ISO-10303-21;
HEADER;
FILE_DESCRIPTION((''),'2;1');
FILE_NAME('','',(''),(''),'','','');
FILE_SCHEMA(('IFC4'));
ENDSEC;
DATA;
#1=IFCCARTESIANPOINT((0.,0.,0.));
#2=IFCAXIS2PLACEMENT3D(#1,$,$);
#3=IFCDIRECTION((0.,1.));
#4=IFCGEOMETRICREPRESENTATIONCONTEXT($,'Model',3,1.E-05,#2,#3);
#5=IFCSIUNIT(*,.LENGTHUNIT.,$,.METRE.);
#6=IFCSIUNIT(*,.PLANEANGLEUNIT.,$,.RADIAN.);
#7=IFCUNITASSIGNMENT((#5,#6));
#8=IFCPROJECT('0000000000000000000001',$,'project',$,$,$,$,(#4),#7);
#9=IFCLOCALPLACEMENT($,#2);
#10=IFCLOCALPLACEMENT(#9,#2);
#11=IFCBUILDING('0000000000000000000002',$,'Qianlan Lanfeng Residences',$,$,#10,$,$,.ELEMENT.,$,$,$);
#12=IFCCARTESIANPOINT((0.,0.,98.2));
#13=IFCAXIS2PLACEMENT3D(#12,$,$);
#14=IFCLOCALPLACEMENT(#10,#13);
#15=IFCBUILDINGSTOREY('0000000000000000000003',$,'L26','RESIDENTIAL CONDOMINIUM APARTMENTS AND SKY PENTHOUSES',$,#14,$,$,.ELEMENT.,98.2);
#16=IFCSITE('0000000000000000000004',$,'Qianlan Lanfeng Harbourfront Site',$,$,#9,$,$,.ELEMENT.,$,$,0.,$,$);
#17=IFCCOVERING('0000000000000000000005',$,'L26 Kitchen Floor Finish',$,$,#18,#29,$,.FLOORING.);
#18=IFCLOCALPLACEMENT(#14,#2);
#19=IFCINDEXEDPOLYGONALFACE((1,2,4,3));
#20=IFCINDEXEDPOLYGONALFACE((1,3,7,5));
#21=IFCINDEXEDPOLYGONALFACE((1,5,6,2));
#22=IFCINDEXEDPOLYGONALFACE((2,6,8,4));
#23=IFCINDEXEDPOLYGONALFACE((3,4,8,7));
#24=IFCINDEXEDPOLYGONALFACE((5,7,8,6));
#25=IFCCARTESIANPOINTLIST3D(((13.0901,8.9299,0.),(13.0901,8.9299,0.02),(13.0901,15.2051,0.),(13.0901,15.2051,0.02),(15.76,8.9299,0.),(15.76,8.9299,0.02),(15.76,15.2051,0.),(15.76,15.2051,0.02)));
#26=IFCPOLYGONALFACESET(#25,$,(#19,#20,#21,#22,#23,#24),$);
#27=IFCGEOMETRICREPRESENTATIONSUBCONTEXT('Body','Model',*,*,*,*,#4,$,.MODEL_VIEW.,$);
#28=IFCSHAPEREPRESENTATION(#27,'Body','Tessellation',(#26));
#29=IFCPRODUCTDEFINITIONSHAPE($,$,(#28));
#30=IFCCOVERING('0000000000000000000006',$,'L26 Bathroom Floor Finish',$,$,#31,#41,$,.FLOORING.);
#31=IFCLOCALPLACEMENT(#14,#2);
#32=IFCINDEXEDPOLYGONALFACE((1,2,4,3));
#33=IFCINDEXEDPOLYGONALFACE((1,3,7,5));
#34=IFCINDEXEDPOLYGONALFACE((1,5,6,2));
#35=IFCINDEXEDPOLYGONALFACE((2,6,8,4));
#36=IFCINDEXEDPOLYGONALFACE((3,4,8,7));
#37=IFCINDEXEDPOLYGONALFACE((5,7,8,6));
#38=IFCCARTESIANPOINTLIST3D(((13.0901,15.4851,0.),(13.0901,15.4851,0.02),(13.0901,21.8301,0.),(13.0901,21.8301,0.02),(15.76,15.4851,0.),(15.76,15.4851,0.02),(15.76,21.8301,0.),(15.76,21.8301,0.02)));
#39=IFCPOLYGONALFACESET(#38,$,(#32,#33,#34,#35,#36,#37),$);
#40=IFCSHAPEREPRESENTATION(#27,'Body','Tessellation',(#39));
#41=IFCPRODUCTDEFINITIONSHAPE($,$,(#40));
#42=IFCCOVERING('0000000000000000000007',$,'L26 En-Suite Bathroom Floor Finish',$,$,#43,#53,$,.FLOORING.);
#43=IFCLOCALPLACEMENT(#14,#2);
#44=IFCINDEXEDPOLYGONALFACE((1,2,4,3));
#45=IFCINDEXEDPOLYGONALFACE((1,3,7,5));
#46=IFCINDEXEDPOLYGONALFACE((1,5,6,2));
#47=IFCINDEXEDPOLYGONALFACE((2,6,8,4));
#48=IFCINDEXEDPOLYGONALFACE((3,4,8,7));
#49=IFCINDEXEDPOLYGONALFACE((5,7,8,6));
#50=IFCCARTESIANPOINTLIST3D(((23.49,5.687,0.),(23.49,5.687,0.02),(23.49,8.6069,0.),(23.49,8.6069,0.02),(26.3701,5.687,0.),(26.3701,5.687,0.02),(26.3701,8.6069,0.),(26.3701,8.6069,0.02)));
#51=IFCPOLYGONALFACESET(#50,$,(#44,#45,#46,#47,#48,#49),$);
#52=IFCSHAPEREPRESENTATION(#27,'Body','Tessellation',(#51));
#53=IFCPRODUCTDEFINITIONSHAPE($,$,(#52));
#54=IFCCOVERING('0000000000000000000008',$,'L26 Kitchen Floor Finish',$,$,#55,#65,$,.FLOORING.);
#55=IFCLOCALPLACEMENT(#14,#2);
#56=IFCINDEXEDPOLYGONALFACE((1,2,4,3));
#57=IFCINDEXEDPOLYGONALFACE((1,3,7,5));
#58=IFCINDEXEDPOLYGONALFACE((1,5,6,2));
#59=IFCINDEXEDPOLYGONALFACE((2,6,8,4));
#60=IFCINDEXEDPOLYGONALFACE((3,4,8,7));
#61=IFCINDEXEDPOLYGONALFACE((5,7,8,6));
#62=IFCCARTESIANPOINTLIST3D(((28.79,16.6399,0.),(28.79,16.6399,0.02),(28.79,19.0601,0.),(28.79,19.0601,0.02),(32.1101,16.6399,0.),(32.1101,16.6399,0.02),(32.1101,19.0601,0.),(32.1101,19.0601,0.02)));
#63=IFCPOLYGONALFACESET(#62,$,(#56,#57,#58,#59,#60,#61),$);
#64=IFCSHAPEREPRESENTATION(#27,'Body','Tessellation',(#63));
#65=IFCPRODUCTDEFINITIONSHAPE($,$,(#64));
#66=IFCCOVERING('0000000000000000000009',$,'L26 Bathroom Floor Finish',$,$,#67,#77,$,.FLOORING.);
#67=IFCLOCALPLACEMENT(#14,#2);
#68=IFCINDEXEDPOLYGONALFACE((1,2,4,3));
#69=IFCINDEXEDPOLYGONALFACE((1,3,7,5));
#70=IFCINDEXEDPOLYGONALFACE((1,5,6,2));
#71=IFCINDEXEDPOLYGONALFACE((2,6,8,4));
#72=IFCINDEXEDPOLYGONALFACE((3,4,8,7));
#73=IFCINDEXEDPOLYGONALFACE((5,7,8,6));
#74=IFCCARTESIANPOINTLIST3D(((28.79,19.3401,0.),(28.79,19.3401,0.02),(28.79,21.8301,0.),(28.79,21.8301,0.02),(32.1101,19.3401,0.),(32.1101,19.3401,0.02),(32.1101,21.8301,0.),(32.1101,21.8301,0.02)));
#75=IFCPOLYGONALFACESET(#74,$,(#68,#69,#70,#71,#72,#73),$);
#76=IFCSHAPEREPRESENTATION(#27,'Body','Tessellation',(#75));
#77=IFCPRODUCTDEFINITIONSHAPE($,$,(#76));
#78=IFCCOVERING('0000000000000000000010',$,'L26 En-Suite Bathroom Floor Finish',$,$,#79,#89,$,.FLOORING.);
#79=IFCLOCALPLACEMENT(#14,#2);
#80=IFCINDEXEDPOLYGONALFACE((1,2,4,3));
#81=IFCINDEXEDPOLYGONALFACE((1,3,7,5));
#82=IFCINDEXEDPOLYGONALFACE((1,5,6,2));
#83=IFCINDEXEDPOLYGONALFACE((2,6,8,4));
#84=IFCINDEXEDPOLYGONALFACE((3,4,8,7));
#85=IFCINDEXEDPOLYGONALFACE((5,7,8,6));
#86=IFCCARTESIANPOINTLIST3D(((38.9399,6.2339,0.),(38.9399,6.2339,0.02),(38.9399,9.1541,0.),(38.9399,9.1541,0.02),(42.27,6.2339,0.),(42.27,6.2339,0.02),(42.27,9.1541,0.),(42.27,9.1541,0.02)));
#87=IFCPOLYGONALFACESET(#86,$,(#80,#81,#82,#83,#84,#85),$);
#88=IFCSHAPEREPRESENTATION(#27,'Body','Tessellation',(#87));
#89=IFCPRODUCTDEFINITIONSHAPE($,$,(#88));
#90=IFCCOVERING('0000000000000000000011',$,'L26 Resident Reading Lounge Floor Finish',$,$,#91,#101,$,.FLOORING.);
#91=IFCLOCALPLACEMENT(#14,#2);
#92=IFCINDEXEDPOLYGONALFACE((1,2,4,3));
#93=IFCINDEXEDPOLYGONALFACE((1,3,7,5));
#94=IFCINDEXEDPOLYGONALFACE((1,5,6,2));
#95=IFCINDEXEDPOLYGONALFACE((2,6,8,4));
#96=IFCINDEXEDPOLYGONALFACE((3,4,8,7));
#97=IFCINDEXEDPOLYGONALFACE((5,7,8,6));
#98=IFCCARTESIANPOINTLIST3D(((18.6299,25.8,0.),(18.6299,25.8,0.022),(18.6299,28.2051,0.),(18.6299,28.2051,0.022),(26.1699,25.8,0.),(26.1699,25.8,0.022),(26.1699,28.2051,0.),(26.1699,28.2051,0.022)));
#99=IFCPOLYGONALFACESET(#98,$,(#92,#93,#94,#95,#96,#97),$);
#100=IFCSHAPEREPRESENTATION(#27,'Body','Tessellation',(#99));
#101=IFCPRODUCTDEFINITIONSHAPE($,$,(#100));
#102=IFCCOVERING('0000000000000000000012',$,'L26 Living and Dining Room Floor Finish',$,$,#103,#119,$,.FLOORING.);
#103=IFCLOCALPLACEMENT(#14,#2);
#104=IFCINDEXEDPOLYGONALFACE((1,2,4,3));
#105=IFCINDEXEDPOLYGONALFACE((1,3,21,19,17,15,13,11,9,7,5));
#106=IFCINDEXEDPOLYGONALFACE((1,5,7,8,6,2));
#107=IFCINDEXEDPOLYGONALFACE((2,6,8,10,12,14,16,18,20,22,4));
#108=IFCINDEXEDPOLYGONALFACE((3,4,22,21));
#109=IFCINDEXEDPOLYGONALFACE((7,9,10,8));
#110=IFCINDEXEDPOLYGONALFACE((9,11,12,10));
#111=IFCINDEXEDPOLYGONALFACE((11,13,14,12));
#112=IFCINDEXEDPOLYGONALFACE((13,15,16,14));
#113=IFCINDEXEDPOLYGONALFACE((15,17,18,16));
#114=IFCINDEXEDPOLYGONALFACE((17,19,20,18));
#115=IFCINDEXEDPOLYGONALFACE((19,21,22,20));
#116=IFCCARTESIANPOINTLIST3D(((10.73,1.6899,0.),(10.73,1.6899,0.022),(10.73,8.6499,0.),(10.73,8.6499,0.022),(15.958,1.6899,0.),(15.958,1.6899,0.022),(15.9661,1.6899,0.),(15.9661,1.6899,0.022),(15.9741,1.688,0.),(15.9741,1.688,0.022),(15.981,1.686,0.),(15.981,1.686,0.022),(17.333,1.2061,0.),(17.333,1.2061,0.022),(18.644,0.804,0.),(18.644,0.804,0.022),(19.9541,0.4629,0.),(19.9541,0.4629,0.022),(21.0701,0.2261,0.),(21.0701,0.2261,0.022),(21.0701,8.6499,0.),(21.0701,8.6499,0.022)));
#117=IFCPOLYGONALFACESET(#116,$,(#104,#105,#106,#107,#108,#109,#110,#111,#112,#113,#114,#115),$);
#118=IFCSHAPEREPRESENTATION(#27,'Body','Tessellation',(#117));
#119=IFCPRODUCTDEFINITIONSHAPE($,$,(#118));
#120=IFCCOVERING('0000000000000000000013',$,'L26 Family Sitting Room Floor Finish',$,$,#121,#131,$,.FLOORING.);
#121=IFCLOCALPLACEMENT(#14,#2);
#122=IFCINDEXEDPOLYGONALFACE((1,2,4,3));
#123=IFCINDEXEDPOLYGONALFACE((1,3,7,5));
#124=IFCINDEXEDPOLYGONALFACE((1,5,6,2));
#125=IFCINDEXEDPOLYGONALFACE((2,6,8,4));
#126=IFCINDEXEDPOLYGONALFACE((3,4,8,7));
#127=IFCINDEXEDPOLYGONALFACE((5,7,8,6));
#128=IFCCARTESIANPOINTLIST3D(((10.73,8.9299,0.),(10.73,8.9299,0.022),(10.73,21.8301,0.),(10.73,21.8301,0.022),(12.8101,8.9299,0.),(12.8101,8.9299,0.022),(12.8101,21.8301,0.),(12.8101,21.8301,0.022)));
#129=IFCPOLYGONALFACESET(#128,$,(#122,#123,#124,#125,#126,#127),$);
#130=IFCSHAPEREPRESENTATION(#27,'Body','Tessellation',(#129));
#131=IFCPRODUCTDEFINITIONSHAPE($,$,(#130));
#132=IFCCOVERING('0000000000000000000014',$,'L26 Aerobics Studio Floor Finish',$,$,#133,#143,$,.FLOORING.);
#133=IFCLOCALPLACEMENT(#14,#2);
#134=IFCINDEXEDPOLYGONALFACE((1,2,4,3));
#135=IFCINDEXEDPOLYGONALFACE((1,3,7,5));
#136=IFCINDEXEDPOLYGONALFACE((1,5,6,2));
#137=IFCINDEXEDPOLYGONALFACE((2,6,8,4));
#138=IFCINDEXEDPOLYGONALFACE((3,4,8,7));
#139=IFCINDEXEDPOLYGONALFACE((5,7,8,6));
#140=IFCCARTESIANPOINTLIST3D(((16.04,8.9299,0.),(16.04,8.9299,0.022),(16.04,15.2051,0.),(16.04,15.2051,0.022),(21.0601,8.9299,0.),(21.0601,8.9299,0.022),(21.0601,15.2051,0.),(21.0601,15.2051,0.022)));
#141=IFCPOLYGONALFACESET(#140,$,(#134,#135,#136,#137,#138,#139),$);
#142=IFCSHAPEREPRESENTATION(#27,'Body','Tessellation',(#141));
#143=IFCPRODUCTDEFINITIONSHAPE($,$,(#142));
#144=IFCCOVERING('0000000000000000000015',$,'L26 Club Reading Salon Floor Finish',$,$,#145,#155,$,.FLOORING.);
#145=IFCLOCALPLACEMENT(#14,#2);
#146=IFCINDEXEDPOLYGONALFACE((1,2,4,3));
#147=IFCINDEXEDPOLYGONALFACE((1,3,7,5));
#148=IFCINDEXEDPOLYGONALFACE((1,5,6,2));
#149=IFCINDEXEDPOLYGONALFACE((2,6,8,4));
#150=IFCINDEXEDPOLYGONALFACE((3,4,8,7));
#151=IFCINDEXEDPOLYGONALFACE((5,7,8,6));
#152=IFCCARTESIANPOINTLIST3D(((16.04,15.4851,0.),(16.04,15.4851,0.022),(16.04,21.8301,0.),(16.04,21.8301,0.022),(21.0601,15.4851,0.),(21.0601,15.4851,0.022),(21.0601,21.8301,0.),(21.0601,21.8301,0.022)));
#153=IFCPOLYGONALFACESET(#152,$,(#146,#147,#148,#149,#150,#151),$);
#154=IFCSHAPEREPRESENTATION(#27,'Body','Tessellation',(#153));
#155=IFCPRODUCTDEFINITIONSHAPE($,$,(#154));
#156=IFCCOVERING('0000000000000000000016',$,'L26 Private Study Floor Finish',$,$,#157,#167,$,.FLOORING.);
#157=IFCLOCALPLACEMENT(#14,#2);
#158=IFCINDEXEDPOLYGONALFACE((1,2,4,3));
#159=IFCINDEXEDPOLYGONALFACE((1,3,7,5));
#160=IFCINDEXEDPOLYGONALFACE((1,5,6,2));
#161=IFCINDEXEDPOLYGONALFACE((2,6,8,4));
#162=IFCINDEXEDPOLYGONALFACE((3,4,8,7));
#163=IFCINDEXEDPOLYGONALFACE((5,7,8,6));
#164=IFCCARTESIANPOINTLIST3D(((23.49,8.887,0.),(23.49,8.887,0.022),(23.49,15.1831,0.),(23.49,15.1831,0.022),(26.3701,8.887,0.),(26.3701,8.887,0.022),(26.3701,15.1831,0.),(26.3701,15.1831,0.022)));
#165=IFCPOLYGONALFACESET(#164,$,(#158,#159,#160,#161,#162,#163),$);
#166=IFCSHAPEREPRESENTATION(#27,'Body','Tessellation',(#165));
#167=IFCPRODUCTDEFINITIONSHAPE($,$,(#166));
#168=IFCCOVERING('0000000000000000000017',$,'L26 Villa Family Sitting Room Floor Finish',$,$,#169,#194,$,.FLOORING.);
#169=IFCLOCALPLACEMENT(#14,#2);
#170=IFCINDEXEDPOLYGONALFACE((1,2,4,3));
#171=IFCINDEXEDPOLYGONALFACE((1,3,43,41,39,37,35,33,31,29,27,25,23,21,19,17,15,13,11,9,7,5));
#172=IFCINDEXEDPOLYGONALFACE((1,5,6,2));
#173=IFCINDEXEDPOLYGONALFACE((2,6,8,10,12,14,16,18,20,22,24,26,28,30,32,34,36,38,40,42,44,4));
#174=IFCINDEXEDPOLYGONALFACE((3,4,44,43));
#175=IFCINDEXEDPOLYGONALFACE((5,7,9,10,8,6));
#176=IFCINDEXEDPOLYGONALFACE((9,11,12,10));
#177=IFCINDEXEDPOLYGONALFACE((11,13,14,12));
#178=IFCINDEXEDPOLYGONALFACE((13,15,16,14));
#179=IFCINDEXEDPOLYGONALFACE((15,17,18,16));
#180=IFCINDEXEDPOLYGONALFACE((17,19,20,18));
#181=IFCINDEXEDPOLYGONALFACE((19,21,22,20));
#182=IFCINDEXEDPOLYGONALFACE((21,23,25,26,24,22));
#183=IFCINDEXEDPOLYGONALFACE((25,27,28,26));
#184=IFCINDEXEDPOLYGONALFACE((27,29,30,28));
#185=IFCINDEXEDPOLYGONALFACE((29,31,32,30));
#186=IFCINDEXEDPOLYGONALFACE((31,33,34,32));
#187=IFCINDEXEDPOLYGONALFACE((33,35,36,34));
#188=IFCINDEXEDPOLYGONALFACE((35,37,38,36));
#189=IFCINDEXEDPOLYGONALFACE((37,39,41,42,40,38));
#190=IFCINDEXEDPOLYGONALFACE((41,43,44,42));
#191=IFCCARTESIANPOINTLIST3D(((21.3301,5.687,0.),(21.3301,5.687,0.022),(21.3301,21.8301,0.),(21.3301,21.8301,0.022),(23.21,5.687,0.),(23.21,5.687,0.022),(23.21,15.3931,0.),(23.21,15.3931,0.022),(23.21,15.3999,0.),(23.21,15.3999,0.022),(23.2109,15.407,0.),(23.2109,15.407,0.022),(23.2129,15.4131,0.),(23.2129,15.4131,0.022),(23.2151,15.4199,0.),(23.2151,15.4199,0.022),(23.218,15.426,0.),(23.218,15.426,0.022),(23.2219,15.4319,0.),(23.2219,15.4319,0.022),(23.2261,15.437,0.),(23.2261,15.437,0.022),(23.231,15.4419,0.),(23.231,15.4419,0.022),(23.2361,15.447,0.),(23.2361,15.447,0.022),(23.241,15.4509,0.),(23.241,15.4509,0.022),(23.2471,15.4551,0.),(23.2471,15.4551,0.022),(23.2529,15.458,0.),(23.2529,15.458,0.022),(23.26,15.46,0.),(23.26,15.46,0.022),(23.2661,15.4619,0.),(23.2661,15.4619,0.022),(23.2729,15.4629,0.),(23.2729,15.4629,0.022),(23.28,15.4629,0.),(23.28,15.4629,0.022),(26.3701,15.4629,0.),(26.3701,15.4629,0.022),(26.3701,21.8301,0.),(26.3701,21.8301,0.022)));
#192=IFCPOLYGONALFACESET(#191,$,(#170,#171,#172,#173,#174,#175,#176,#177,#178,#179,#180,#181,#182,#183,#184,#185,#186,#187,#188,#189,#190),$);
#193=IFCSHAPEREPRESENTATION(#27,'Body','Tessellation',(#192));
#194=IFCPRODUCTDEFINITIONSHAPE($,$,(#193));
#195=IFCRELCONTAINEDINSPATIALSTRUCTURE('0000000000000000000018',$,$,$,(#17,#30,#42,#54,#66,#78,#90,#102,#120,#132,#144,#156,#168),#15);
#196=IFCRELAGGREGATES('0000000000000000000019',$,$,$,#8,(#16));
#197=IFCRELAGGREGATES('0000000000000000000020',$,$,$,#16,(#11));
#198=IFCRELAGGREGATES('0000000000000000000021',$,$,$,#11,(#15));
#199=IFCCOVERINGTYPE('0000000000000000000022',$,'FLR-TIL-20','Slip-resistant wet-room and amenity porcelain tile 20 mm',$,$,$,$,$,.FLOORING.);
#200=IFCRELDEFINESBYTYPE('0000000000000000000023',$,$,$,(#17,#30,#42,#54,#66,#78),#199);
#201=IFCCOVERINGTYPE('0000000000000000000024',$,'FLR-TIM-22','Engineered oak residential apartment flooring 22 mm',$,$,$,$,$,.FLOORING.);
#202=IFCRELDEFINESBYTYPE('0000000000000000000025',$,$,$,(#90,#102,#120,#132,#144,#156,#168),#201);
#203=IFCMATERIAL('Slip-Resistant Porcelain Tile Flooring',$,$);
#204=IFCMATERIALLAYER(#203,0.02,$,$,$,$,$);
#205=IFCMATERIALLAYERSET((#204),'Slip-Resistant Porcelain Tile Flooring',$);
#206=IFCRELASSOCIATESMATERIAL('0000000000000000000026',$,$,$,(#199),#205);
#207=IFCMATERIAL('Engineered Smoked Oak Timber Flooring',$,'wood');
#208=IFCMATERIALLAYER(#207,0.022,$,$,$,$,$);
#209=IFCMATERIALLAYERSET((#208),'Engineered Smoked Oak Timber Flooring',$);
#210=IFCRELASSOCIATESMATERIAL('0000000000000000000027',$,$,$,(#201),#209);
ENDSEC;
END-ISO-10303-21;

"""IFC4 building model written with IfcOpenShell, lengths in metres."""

from ifc_helpers import new_model, si_unit, direction, frame, origin, place, context, subcontext, project, spatial, polyline, outline, extrude, material, layer, layer_set, type_object, element, save


model = new_model("IFC4")

# Units and contexts
model_context = context("Model", 3, precision=1e-05, world=origin(), true_north=direction((0.0, 1.0)))
body_context = subcontext(model_context, "Body", "Model", "MODEL_VIEW")
ifc_project = project(units=[si_unit("LENGTHUNIT", "METRE"), si_unit("PLANEANGLEUNIT", "RADIAN")], contexts=[model_context])

# Site, building, storey
site_placement = place(None, origin())
site = spatial("IfcSite", under=ifc_project, at=site_placement, Name="Qianlan Lanfeng Harbourfront Site", CompositionType="ELEMENT", RefElevation=0.0)
building_placement = place(site_placement, origin())
building = spatial("IfcBuilding", under=site, at=building_placement, Name="Qianlan Lanfeng Residences", CompositionType="ELEMENT")
storey_placement = place(building_placement, frame((0.0, 0.0, 98.2)))
storey = spatial("IfcBuildingStorey", under=building, at=storey_placement, Name="L26", Description="RESIDENTIAL CONDOMINIUM APARTMENTS AND SKY PENTHOUSES", CompositionType="ELEMENT", Elevation=98.2)

# Coverings
ifc_material_1 = material(Name="Slip-Resistant Porcelain Tile Flooring")
ifc_layer_1 = layer(ifc_material_1, 0.02)
ifc_layer_set_1 = layer_set([ifc_layer_1], Name="Slip-Resistant Porcelain Tile Flooring")
covering_type_1 = type_object("IfcCoveringType", Name="FLR-TIL-20", Description="Slip-resistant wet-room and amenity porcelain tile 20 mm", PredefinedType="FLOORING", material=ifc_layer_set_1)
covering_1_placement = place(storey_placement, origin())
element("IfcCovering", 1, at=covering_1_placement, inside=storey, type_object=covering_type_1, Name="L26 Kitchen Floor Finish", PredefinedType="FLOORING", context=body_context, shape_type="SweptSolid", body=[
    extrude(outline(polyline([(13.0901, 8.9299), (15.76, 8.9299), (15.76, 15.2051), (13.0901, 15.2051), (13.0901, 8.9299)])), origin(), (0.0, 0.0, 1.0), 0.02),
])
covering_2_placement = place(storey_placement, origin())
element("IfcCovering", 2, at=covering_2_placement, inside=storey, type_object=covering_type_1, Name="L26 Bathroom Floor Finish", PredefinedType="FLOORING", context=body_context, shape_type="SweptSolid", body=[
    extrude(outline(polyline([(13.0901, 15.4851), (15.76, 15.4851), (15.76, 21.8301), (13.0901, 21.8301), (13.0901, 15.4851)])), origin(), (0.0, 0.0, 1.0), 0.02),
])
covering_3_placement = place(storey_placement, origin())
element("IfcCovering", 3, at=covering_3_placement, inside=storey, type_object=covering_type_1, Name="L26 En-Suite Bathroom Floor Finish", PredefinedType="FLOORING", context=body_context, shape_type="SweptSolid", body=[
    extrude(outline(polyline([(23.49, 5.687), (26.3701, 5.687), (26.3701, 8.6069), (23.49, 8.6069), (23.49, 5.687)])), origin(), (0.0, 0.0, 1.0), 0.02),
])
covering_4_placement = place(storey_placement, origin())
element("IfcCovering", 4, at=covering_4_placement, inside=storey, type_object=covering_type_1, Name="L26 Kitchen Floor Finish", PredefinedType="FLOORING", context=body_context, shape_type="SweptSolid", body=[
    extrude(outline(polyline([(28.79, 16.6399), (32.1101, 16.6399), (32.1101, 19.0601), (28.79, 19.0601), (28.79, 16.6399)])), origin(), (0.0, 0.0, 1.0), 0.02),
])
covering_5_placement = place(storey_placement, origin())
element("IfcCovering", 5, at=covering_5_placement, inside=storey, type_object=covering_type_1, Name="L26 Bathroom Floor Finish", PredefinedType="FLOORING", context=body_context, shape_type="SweptSolid", body=[
    extrude(outline(polyline([(28.79, 19.3401), (32.1101, 19.3401), (32.1101, 21.8301), (28.79, 21.8301), (28.79, 19.3401)])), origin(), (0.0, 0.0, 1.0), 0.02),
])
covering_6_placement = place(storey_placement, origin())
element("IfcCovering", 6, at=covering_6_placement, inside=storey, type_object=covering_type_1, Name="L26 En-Suite Bathroom Floor Finish", PredefinedType="FLOORING", context=body_context, shape_type="SweptSolid", body=[
    extrude(outline(polyline([(38.9399, 6.2339), (42.27, 6.2339), (42.27, 9.1541), (38.9399, 9.1541), (38.9399, 6.2339)])), origin(), (0.0, 0.0, 1.0), 0.02),
])
ifc_material_2 = material(Name="Engineered Smoked Oak Timber Flooring", Category="wood")
ifc_layer_2 = layer(ifc_material_2, 0.022)
ifc_layer_set_2 = layer_set([ifc_layer_2], Name="Engineered Smoked Oak Timber Flooring")
covering_type_2 = type_object("IfcCoveringType", Name="FLR-TIM-22", Description="Engineered oak residential apartment flooring 22 mm", PredefinedType="FLOORING", material=ifc_layer_set_2)
covering_7_placement = place(storey_placement, origin())
element("IfcCovering", 7, at=covering_7_placement, inside=storey, type_object=covering_type_2, Name="L26 Resident Reading Lounge Floor Finish", PredefinedType="FLOORING", context=body_context, shape_type="SweptSolid", body=[
    extrude(outline(polyline([(18.6299, 25.8), (26.1699, 25.8), (26.1699, 28.2051), (18.6299, 28.2051), (18.6299, 25.8)])), origin(), (0.0, 0.0, 1.0), 0.022),
])
covering_8_placement = place(storey_placement, origin())
element("IfcCovering", 8, at=covering_8_placement, inside=storey, type_object=covering_type_2, Name="L26 Living and Dining Room Floor Finish", PredefinedType="FLOORING", context=body_context, shape_type="SweptSolid", body=[
    extrude(outline(polyline([(10.73, 8.6499), (10.73, 1.6899), (15.958, 1.6899), (15.9661, 1.6899), (15.9741, 1.688), (15.981, 1.686), (17.333, 1.2061), (18.644, 0.804), (19.9541, 0.4629), (21.0701, 0.2261), (21.0701, 8.6499), (10.73, 8.6499)])), origin(), (0.0, 0.0, 1.0), 0.022),
])
covering_9_placement = place(storey_placement, origin())
element("IfcCovering", 9, at=covering_9_placement, inside=storey, type_object=covering_type_2, Name="L26 Family Sitting Room Floor Finish", PredefinedType="FLOORING", context=body_context, shape_type="SweptSolid", body=[
    extrude(outline(polyline([(10.73, 8.9299), (12.8101, 8.9299), (12.8101, 21.8301), (10.73, 21.8301), (10.73, 8.9299)])), origin(), (0.0, 0.0, 1.0), 0.022),
])
covering_10_placement = place(storey_placement, origin())
element("IfcCovering", 10, at=covering_10_placement, inside=storey, type_object=covering_type_2, Name="L26 Aerobics Studio Floor Finish", PredefinedType="FLOORING", context=body_context, shape_type="SweptSolid", body=[
    extrude(outline(polyline([(16.04, 8.9299), (21.0601, 8.9299), (21.0601, 15.2051), (16.04, 15.2051), (16.04, 8.9299)])), origin(), (0.0, 0.0, 1.0), 0.022),
])
covering_11_placement = place(storey_placement, origin())
element("IfcCovering", 11, at=covering_11_placement, inside=storey, type_object=covering_type_2, Name="L26 Club Reading Salon Floor Finish", PredefinedType="FLOORING", context=body_context, shape_type="SweptSolid", body=[
    extrude(outline(polyline([(16.04, 15.4851), (21.0601, 15.4851), (21.0601, 21.8301), (16.04, 21.8301), (16.04, 15.4851)])), origin(), (0.0, 0.0, 1.0), 0.022),
])
covering_12_placement = place(storey_placement, origin())
element("IfcCovering", 12, at=covering_12_placement, inside=storey, type_object=covering_type_2, Name="L26 Private Study Floor Finish", PredefinedType="FLOORING", context=body_context, shape_type="SweptSolid", body=[
    extrude(outline(polyline([(23.49, 8.887), (26.3701, 8.887), (26.3701, 15.1831), (23.49, 15.1831), (23.49, 8.887)])), origin(), (0.0, 0.0, 1.0), 0.022),
])
covering_13_placement = place(storey_placement, origin())
element("IfcCovering", 13, at=covering_13_placement, inside=storey, type_object=covering_type_2, Name="L26 Villa Family Sitting Room Floor Finish", PredefinedType="FLOORING", context=body_context, shape_type="SweptSolid", body=[
    extrude(outline(polyline([(21.3301, 5.687), (23.21, 5.687), (23.21, 15.3931), (23.21, 15.3999), (23.2109, 15.407), (23.2129, 15.4131), (23.2151, 15.4199), (23.218, 15.426), (23.2219, 15.4319), (23.2261, 15.437), (23.231, 15.4419), (23.2361, 15.447), (23.241, 15.4509), (23.2471, 15.4551), (23.2529, 15.458), (23.26, 15.46), (23.2661, 15.4619), (23.2729, 15.4629), (23.28, 15.4629), (26.3701, 15.4629), (26.3701, 21.8301), (21.3301, 21.8301), (21.3301, 5.687)])), origin(), (0.0, 0.0, 1.0), 0.022),
])

save(model, "model.ifc")
